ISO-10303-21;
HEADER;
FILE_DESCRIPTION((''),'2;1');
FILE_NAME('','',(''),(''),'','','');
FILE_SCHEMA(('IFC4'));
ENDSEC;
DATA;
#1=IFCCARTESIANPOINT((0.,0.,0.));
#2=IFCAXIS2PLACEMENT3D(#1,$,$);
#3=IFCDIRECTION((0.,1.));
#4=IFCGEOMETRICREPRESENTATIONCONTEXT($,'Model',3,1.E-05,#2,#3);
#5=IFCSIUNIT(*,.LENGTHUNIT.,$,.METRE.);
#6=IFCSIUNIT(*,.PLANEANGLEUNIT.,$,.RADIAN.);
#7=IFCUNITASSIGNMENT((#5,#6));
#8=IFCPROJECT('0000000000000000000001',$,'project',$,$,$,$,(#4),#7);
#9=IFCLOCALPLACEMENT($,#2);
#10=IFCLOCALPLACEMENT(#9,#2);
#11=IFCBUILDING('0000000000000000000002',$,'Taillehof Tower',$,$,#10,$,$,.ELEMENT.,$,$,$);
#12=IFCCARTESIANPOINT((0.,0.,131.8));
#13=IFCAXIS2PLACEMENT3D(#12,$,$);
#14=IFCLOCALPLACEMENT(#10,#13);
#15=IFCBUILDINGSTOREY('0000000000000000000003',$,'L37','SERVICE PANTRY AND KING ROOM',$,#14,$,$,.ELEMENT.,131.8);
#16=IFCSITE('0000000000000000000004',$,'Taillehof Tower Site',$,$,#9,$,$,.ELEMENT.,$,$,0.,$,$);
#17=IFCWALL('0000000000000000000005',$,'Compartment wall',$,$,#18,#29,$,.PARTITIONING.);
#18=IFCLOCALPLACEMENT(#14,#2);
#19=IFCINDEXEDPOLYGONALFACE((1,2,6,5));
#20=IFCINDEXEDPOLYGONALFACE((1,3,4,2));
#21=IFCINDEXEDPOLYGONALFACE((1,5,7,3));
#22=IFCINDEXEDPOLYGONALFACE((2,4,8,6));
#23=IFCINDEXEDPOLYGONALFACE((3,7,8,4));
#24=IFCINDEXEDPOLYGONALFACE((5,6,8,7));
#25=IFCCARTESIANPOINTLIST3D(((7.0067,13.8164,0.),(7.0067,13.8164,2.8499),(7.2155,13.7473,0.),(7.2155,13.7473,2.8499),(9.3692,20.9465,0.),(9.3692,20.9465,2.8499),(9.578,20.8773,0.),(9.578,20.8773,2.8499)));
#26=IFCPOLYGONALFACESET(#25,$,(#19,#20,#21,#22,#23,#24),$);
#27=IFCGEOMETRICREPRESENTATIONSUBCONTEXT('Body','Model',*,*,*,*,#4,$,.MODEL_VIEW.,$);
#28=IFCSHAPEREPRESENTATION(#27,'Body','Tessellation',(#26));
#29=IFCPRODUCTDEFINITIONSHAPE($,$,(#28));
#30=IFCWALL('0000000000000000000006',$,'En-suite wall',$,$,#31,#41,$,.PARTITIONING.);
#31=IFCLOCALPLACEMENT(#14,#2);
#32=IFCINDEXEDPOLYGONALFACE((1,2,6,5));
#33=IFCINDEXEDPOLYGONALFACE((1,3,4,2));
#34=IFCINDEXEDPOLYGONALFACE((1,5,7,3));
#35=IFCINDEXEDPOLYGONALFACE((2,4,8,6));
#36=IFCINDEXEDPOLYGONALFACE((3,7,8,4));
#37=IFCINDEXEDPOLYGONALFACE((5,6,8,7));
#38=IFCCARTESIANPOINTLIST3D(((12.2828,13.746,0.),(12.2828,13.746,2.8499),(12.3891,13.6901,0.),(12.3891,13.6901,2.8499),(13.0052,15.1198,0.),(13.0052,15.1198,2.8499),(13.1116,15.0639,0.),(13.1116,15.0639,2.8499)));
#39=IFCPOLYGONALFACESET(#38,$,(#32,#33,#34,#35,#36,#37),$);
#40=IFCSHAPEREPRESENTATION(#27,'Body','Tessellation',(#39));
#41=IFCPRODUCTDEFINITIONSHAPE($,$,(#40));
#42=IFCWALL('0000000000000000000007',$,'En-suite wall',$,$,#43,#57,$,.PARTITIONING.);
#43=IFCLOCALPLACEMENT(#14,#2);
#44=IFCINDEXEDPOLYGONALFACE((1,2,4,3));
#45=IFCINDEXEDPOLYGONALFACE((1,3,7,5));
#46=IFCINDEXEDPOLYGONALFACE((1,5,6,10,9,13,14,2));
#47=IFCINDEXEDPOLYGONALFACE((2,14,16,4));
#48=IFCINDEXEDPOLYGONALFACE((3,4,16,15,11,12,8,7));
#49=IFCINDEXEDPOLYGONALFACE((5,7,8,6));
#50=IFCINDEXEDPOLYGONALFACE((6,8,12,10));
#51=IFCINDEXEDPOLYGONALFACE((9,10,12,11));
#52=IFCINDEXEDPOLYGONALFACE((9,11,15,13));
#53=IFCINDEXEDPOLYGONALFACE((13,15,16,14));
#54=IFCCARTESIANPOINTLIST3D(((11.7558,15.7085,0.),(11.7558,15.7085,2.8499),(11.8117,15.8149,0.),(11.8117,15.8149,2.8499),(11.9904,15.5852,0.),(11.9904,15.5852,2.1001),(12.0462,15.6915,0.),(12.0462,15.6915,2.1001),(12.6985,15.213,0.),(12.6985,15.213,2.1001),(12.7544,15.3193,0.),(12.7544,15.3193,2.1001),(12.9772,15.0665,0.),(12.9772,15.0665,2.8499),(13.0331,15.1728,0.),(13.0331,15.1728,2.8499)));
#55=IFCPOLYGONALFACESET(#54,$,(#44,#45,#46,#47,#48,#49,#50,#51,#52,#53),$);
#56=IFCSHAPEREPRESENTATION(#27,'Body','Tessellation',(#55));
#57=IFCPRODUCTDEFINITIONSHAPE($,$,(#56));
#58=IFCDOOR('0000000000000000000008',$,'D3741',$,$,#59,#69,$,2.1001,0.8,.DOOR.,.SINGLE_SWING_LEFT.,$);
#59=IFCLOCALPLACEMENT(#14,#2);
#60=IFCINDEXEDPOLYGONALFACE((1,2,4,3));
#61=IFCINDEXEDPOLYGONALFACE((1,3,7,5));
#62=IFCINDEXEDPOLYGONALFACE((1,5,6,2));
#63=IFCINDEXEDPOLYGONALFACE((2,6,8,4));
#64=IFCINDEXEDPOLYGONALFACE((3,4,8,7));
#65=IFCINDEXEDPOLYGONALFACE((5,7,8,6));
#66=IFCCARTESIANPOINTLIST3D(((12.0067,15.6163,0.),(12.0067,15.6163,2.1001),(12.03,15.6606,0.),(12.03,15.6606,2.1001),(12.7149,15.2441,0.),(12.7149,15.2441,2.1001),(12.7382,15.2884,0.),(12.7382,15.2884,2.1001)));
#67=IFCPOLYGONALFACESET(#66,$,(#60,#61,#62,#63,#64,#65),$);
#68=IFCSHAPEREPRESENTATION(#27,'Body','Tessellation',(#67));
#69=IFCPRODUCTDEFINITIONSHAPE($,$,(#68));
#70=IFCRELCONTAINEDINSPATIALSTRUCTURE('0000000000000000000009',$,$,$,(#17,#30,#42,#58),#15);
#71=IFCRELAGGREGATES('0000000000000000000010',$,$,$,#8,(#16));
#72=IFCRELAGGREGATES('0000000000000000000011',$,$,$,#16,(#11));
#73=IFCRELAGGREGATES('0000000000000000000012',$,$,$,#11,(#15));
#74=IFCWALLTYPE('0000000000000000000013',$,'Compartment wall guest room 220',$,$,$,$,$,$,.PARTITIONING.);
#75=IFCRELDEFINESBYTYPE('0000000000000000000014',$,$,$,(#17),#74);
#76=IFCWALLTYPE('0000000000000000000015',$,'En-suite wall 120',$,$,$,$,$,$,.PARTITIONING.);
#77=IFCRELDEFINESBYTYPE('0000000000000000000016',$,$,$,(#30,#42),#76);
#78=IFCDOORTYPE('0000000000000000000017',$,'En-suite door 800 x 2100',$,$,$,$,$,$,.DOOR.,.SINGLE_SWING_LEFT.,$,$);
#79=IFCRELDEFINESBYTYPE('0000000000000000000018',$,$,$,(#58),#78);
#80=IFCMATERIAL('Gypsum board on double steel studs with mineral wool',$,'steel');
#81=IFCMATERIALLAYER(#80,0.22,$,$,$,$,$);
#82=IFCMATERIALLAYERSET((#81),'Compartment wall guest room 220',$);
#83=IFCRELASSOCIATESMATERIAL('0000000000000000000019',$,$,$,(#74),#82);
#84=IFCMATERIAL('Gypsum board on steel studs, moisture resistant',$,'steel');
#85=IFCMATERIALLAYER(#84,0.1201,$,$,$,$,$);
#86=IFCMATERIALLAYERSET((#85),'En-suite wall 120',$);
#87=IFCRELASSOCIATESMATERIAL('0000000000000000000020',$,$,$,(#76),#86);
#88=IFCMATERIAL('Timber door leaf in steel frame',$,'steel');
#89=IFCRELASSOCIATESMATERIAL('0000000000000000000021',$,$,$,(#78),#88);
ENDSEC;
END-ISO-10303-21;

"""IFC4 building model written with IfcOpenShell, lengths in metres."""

from ifc_helpers import new_model, si_unit, direction, frame, frame_2d, origin, place, context, subcontext, project, spatial, rectangle, extrude, material, layer, layer_set, type_object, element, fill, save


model = new_model("IFC4")

# Units and contexts
model_context = context("Model", 3, precision=1e-05, world=origin(), true_north=direction((0.0, 1.0)))
body_context = subcontext(model_context, "Body", "Model", "MODEL_VIEW")
ifc_project = project(units=[si_unit("LENGTHUNIT", "METRE"), si_unit("PLANEANGLEUNIT", "RADIAN")], contexts=[model_context])

# Site, building, storey
site_placement = place(None, origin())
site = spatial("IfcSite", under=ifc_project, at=site_placement, Name="Taillehof Tower Site", CompositionType="ELEMENT", RefElevation=0.0)
building_placement = place(site_placement, origin())
building = spatial("IfcBuilding", under=site, at=building_placement, Name="Taillehof Tower", CompositionType="ELEMENT")
storey_placement = place(building_placement, frame((0.0, 0.0, 131.8)))
storey = spatial("IfcBuildingStorey", under=building, at=storey_placement, Name="L37", Description="SERVICE PANTRY AND KING ROOM", CompositionType="ELEMENT", Elevation=131.8)

# Walls
ifc_material_1 = material(Name="Gypsum board on double steel studs with mineral wool", Category="steel")
ifc_layer_1 = layer(ifc_material_1, 0.22)
ifc_layer_set_1 = layer_set([ifc_layer_1], Name="Compartment wall guest room 220")
wall_type_1 = type_object("IfcWallType", Name="Compartment wall guest room 220", PredefinedType="PARTITIONING", material=ifc_layer_set_1)
wall_1_placement = place(storey_placement, frame((9.4736, 20.9119, 0.0), z_axis=(0.0, 0.0, 1.0), x_axis=(-0.314531, -0.949247, 0.0)))
element("IfcWall", 1, at=wall_1_placement, inside=storey, type_object=wall_type_1, Name="Compartment wall", PredefinedType="PARTITIONING", context=body_context, shape_type="SweptSolid", body=[
    extrude(rectangle(XDim=7.5112, YDim=0.22, at=frame_2d((3.7556, 0.0))), origin(), (0.0, 0.0, 1.0), 2.8499),
])
ifc_material_2 = material(Name="Gypsum board on steel studs, moisture resistant", Category="steel")
ifc_layer_2 = layer(ifc_material_2, 0.1201)
ifc_layer_set_2 = layer_set([ifc_layer_2], Name="En-suite wall 120")
wall_type_2 = type_object("IfcWallType", Name="En-suite wall 120", PredefinedType="PARTITIONING", material=ifc_layer_set_2)
wall_2_placement = place(storey_placement, frame((12.3359, 13.718, 0.0), z_axis=(0.0, 0.0, 1.0), x_axis=(0.465429, 0.885085, 0.0)))
element("IfcWall", 2, at=wall_2_placement, inside=storey, type_object=wall_type_2, Name="En-suite wall", PredefinedType="PARTITIONING", context=body_context, shape_type="SweptSolid", body=[
    extrude(rectangle(XDim=1.5522, YDim=0.1201, at=frame_2d((0.7761, 0.0))), origin(), (0.0, 0.0, 1.0), 2.8499),
])

# Wall, opening, door
wall_3_placement = place(storey_placement, frame((13.0051, 15.1196, 0.0), z_axis=(0.0, 0.0, 1.0), x_axis=(-0.885148, 0.465309, 0.0)))
wall_3 = element("IfcWall", 3, at=wall_3_placement, inside=storey, type_object=wall_type_2, Name="En-suite wall", PredefinedType="PARTITIONING", context=body_context, shape_type="SweptSolid", body=[
    extrude(rectangle(XDim=1.3799, YDim=0.1201, at=frame_2d((0.6899, 0.0))), origin(), (0.0, 0.0, 1.0), 2.8499),
])
opening_1_placement = place(wall_3_placement, frame((0.3149, 0.0, 0.0)))
opening_1 = element("IfcOpeningElement", 4, at=opening_1_placement, cuts=wall_3, PredefinedType="OPENING", context=body_context, shape_type="SweptSolid", body=[
    extrude(rectangle(XDim=0.8, YDim=2.1001, at=frame_2d((0.3999, 1.05))), frame((0.0, 0.0701, 0.0), z_axis=(0.0, -1.0, 0.0), x_axis=(1.0, 0.0, 0.0)), (0.0, 0.0, 1.0), 0.1401),
])
ifc_material_3 = material(Name="Timber door leaf in steel frame", Category="steel")
door_type_1 = type_object("IfcDoorType", Name="En-suite door 800 x 2100", OperationType="SINGLE_SWING_LEFT", PredefinedType="DOOR", material=ifc_material_3)
door_1_placement = place(opening_1_placement, origin())
door_1 = element("IfcDoor", 5, at=door_1_placement, inside=storey, type_object=door_type_1, Name="D3741", OperationType="SINGLE_SWING_LEFT", OverallHeight=2.1001, OverallWidth=0.8, PredefinedType="DOOR", context=body_context, shape_type="SweptSolid", body=[
    extrude(rectangle(XDim=0.8, YDim=2.1001, at=frame_2d((0.3999, 1.05))), frame((0.0, 0.0249, 0.0), z_axis=(0.0, -1.0, 0.0), x_axis=(1.0, 0.0, 0.0)), (0.0, 0.0, 1.0), 0.05),
])
fill(opening_1, door_1)

save(model, "model.ifc")
